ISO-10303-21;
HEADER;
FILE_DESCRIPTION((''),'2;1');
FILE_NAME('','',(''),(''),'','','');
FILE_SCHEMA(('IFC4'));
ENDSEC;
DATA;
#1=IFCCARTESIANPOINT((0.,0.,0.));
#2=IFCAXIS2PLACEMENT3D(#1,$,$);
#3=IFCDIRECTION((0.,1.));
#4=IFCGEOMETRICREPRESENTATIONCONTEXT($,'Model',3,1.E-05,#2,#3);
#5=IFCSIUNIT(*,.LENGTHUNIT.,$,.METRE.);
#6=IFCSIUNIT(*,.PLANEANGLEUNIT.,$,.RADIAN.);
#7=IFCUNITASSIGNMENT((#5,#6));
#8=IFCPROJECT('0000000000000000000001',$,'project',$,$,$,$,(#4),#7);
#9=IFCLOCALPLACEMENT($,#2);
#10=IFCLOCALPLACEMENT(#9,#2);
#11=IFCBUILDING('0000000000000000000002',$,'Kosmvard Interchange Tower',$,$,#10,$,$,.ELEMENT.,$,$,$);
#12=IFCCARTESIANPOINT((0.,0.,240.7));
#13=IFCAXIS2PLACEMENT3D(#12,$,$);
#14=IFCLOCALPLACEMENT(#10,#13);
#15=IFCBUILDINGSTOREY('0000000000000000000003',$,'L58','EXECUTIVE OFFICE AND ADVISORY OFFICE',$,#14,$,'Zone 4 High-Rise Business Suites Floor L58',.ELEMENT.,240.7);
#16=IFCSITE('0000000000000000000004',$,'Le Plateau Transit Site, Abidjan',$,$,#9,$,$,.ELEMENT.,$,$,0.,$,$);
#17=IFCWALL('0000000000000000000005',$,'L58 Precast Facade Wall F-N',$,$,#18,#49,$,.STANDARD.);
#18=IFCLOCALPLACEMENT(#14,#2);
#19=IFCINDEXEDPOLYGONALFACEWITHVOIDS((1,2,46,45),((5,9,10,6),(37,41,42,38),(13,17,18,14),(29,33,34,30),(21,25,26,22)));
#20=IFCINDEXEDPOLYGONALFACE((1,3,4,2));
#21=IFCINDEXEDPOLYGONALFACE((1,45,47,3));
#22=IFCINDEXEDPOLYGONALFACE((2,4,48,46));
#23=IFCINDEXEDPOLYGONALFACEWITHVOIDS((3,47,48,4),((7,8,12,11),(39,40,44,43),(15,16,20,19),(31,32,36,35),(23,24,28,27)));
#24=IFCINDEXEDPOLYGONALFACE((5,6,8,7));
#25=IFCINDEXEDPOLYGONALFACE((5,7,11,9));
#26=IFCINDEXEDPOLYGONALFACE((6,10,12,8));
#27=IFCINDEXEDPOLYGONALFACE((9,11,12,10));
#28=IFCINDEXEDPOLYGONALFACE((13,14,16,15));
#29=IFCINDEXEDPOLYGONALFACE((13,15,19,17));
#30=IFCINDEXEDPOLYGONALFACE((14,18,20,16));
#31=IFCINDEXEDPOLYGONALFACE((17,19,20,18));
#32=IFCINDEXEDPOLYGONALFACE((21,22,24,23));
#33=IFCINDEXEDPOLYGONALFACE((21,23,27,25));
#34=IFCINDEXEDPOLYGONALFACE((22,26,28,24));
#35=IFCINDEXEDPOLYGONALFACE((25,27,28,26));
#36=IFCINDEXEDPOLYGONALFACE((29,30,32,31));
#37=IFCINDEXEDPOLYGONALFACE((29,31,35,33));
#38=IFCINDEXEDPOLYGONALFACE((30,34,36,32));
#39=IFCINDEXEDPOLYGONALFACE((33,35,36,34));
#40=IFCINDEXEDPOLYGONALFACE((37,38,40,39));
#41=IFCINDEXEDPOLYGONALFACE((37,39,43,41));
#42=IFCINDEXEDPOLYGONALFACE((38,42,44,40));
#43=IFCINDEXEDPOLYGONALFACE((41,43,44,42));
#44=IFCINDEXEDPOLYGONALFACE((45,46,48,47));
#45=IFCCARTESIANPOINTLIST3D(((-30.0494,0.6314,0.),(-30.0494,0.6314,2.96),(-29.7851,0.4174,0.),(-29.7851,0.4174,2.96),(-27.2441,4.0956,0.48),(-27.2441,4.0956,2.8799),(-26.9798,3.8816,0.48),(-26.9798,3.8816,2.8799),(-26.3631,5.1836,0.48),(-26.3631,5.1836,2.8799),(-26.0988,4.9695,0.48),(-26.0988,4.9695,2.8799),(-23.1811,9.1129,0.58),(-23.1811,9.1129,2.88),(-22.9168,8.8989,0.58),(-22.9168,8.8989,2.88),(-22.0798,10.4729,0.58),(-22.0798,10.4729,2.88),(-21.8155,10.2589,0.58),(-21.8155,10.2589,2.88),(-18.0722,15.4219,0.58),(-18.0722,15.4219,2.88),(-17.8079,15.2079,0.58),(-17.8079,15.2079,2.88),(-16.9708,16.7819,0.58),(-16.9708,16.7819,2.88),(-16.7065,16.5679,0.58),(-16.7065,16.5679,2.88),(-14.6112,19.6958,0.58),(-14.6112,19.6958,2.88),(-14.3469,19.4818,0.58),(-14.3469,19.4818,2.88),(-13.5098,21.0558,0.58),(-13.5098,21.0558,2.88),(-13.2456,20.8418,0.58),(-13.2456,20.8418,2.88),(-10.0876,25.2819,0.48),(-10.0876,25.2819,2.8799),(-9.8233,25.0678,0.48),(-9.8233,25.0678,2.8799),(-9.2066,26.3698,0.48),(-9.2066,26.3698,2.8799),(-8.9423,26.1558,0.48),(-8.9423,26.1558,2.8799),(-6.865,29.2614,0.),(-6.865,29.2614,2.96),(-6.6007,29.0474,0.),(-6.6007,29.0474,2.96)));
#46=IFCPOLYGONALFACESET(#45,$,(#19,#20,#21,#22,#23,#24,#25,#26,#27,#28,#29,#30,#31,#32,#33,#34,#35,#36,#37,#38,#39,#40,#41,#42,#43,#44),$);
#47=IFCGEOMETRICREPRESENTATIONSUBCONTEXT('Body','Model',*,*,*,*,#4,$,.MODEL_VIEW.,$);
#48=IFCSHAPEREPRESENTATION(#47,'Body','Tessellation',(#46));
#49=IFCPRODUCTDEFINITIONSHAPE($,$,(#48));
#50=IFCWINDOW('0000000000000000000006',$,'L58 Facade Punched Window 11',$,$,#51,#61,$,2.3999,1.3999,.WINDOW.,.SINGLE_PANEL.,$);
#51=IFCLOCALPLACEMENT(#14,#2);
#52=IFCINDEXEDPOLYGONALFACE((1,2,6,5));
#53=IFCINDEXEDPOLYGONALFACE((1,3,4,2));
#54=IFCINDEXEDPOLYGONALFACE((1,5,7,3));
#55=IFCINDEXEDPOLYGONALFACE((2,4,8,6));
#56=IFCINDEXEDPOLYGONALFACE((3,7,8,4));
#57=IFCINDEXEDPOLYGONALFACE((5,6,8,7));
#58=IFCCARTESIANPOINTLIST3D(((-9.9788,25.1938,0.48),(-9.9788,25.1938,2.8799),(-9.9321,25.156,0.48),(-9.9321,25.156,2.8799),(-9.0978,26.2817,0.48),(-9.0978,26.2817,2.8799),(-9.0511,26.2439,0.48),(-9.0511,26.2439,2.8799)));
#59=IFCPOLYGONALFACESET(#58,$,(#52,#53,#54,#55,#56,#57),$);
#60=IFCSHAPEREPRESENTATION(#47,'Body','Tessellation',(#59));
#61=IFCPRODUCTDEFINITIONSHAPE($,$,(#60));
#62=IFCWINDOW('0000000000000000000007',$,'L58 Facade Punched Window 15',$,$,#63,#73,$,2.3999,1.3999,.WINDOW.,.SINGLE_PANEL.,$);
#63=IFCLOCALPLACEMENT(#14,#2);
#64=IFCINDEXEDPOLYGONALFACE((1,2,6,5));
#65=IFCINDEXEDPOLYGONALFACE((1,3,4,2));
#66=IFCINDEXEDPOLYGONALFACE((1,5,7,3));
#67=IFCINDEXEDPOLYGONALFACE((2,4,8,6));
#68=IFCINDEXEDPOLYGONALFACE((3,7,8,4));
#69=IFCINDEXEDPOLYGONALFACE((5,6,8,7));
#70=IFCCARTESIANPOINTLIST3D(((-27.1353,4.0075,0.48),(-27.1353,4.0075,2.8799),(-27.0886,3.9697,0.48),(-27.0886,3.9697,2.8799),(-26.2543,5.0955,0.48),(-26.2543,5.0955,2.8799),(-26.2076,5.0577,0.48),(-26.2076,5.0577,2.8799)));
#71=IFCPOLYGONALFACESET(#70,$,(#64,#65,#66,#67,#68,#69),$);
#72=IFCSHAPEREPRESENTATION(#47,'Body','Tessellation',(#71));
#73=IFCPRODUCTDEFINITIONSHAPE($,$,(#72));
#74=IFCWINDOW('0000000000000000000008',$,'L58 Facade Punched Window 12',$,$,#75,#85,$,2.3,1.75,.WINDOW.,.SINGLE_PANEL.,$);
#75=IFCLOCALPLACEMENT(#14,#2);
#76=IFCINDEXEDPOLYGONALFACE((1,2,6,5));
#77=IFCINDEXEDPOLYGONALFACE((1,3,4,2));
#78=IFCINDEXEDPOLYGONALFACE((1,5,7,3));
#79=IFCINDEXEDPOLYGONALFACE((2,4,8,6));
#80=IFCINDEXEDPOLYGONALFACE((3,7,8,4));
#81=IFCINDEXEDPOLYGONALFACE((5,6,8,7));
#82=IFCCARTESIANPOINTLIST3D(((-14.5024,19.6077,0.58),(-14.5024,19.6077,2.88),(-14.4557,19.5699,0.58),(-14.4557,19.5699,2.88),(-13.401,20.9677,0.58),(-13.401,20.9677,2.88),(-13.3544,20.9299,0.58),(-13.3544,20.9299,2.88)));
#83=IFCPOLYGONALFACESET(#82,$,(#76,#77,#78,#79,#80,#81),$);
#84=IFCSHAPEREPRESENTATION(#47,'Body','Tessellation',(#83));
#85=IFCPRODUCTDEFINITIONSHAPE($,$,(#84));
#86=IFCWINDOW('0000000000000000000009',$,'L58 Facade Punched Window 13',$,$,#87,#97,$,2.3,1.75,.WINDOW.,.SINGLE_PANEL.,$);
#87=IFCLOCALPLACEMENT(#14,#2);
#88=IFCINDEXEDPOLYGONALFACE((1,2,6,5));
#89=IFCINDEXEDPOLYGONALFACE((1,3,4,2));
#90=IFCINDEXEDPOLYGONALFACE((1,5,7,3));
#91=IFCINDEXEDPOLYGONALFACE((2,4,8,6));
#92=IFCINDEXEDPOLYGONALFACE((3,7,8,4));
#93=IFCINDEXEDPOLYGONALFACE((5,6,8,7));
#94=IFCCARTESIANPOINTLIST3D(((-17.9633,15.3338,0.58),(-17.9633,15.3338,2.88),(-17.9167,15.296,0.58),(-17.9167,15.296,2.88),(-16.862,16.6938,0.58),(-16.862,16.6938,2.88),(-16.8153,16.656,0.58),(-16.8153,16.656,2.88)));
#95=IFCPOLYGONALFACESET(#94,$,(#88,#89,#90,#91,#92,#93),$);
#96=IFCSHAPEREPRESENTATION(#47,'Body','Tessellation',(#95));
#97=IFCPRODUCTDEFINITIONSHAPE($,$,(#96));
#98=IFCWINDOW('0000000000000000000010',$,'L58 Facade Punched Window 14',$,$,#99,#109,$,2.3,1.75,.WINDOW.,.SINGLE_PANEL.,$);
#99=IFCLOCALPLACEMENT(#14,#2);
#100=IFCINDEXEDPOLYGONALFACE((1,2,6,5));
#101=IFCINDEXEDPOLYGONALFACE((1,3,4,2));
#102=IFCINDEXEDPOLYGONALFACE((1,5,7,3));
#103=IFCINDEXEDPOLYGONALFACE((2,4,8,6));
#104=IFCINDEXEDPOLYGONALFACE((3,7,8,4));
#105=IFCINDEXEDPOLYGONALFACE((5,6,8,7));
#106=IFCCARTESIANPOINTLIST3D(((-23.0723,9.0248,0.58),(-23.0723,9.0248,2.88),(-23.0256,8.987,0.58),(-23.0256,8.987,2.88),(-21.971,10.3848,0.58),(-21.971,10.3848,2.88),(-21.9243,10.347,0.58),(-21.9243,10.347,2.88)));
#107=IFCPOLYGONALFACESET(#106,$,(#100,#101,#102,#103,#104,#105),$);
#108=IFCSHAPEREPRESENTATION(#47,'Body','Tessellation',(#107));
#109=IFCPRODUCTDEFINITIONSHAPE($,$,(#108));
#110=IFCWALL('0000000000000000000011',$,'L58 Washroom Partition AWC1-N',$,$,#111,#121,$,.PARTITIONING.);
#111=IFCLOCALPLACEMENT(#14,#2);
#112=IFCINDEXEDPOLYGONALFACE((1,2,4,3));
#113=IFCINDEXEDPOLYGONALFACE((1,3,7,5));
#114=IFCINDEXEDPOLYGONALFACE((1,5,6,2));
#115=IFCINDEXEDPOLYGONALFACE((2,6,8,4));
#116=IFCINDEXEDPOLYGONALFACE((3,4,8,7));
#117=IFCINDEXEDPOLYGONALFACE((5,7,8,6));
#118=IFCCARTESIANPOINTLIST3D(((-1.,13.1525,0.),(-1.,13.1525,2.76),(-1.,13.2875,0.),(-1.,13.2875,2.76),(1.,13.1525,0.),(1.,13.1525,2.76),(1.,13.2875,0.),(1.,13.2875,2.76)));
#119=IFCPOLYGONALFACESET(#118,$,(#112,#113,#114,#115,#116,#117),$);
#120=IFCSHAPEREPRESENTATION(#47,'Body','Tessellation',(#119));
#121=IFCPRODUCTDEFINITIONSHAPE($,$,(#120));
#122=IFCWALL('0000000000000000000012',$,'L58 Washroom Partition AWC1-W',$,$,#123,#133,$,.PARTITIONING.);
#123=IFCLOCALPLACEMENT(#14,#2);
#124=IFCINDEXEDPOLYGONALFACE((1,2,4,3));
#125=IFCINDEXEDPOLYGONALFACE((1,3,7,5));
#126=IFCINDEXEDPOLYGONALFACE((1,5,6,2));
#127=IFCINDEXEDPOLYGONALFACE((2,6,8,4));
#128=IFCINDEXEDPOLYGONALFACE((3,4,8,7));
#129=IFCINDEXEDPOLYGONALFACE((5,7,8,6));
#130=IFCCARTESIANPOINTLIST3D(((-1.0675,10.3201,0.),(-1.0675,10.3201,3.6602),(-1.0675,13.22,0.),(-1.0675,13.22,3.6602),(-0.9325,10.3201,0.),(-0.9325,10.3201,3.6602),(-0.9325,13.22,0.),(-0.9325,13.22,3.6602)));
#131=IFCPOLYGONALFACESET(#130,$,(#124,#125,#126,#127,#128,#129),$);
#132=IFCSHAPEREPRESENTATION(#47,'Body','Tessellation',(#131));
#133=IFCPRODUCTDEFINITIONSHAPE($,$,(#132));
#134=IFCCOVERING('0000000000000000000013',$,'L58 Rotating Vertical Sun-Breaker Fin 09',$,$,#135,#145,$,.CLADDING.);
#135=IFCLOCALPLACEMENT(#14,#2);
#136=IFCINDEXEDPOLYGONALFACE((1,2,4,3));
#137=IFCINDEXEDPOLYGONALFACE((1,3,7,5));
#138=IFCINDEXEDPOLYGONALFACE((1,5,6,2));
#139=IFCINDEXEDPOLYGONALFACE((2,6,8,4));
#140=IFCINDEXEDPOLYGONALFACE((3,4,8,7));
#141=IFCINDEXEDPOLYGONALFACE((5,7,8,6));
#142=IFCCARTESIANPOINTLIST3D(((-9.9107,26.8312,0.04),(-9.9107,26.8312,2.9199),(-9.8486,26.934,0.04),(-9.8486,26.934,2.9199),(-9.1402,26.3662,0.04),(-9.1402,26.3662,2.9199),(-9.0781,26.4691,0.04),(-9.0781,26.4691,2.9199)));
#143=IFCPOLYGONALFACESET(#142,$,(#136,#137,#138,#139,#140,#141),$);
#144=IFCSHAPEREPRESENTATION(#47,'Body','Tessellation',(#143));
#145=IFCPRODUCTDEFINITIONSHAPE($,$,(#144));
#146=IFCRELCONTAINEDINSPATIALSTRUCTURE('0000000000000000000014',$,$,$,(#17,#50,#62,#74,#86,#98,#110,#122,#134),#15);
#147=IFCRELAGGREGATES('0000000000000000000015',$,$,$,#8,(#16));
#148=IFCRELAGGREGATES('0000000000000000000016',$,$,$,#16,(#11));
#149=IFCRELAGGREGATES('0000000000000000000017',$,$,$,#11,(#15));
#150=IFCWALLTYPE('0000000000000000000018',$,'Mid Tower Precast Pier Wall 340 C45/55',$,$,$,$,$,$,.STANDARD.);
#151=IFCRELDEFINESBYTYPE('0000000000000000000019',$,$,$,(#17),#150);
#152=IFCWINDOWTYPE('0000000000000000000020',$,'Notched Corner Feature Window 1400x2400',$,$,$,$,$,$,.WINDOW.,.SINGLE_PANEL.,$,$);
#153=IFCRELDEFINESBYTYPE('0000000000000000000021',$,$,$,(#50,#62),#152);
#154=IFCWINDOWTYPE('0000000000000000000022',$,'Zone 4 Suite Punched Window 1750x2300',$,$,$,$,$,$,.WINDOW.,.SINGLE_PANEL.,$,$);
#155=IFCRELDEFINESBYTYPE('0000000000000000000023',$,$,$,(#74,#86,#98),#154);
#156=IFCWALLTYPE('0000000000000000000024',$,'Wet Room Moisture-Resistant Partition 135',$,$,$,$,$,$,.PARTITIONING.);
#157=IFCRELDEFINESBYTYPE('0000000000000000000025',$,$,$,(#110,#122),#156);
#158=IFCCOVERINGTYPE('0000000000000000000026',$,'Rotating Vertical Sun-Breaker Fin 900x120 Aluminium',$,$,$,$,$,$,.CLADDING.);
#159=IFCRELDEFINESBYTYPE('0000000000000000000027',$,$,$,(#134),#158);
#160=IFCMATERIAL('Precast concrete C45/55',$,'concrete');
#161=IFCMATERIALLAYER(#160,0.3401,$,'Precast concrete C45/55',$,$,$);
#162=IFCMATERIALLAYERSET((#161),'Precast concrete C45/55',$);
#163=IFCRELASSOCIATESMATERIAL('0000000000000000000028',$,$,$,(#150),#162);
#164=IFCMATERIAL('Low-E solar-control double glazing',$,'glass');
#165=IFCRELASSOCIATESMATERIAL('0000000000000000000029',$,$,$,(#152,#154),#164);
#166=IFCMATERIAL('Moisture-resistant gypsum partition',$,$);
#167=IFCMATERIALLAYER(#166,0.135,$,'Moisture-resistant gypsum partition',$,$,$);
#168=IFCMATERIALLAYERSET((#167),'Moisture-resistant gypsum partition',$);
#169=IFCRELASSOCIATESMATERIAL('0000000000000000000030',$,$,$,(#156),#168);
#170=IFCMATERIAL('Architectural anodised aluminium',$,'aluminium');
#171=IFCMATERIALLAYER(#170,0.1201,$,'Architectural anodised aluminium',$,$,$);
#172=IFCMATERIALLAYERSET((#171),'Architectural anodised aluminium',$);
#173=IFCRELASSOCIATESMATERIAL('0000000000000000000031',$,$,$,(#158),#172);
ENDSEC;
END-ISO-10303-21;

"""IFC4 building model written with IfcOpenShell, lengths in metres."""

from ifc_helpers import new_model, si_unit, direction, frame, frame_2d, origin, origin_2d, place, context, subcontext, project, spatial, rectangle, extrude, source, transform, mapped, material, layer, layer_set, type_object, element, fill, save


model = new_model("IFC4")

# Units and contexts
model_context = context("Model", 3, precision=1e-05, world=origin(), true_north=direction((0.0, 1.0)))
body_context = subcontext(model_context, "Body", "Model", "MODEL_VIEW")
ifc_project = project(units=[si_unit("LENGTHUNIT", "METRE"), si_unit("PLANEANGLEUNIT", "RADIAN")], contexts=[model_context])

# Site, building, storey
site_placement = place(None, origin())
site = spatial("IfcSite", under=ifc_project, at=site_placement, Name="Le Plateau Transit Site, Abidjan", CompositionType="ELEMENT", RefElevation=0.0)
building_placement = place(site_placement, origin())
building = spatial("IfcBuilding", under=site, at=building_placement, Name="Kosmvard Interchange Tower", CompositionType="ELEMENT")
storey_placement = place(building_placement, frame((0.0, 0.0, 240.7)))
storey = spatial("IfcBuildingStorey", under=building, at=storey_placement, Name="L58", Description="EXECUTIVE OFFICE AND ADVISORY OFFICE", LongName="Zone 4 High-Rise Business Suites Floor L58", CompositionType="ELEMENT", Elevation=240.7)

# Shared definitions
ifc_material_1 = material(Name="Precast concrete C45/55", Category="concrete")
ifc_layer_1 = layer(ifc_material_1, 0.3401, Name="Precast concrete C45/55")
ifc_layer_set_1 = layer_set([ifc_layer_1], Name="Precast concrete C45/55")
wall_type_1 = type_object("IfcWallType", Name="Mid Tower Precast Pier Wall 340 C45/55", PredefinedType="STANDARD", material=ifc_layer_set_1)

# Wall, openings, windows
wall_1_placement = place(storey_placement, frame((-6.7329, 29.1543, 0.0), z_axis=(0.0, 0.0, 1.0), x_axis=(-0.629325, -0.777142, 0.0)))
wall_1 = element("IfcWall", 1, at=wall_1_placement, inside=storey, type_object=wall_type_1, Name="L58 Precast Facade Wall F-N", PredefinedType="STANDARD", context=body_context, shape_type="SweptSolid", body=[
    extrude(rectangle(XDim=36.8401, YDim=0.3401, at=frame_2d((18.4199, 0.0))), origin(), (0.0, 0.0, 1.0), 2.96),
])
opening_1_placement = place(wall_1_placement, frame((3.7207, 0.0, 0.48)))
opening_1 = element("IfcOpeningElement", 2, at=opening_1_placement, cuts=wall_1, PredefinedType="OPENING", context=body_context, shape_type="SweptSolid", body=[
    extrude(rectangle(XDim=1.3999, YDim=2.3999, at=frame_2d((0.7, 1.2))), frame((0.0, 0.1802, 0.0), z_axis=(0.0, -1.0, 0.0), x_axis=(1.0, 0.0, 0.0)), (0.0, 0.0, 1.0), 0.3601),
])
opening_2_placement = place(wall_1_placement, frame((10.5586, 0.0, 0.5801)))
opening_2 = element("IfcOpeningElement", 3, at=opening_2_placement, cuts=wall_1, PredefinedType="OPENING", context=body_context, shape_type="SweptSolid", body=[
    extrude(rectangle(XDim=1.75, YDim=2.3, at=frame_2d((0.875, 1.1499))), frame((0.0, 0.1802, 0.0), z_axis=(0.0, -1.0, 0.0), x_axis=(1.0, 0.0, 0.0)), (0.0, 0.0, 1.0), 0.3601),
])
opening_3_placement = place(wall_1_placement, frame((16.0581, 0.0, 0.5801)))
opening_3 = element("IfcOpeningElement", 4, at=opening_3_placement, cuts=wall_1, PredefinedType="OPENING", context=body_context, shape_type="SweptSolid", body=[
    extrude(rectangle(XDim=1.75, YDim=2.3, at=frame_2d((0.875, 1.1499))), frame((0.0, 0.1802, 0.0), z_axis=(0.0, -1.0, 0.0), x_axis=(1.0, 0.0, 0.0)), (0.0, 0.0, 1.0), 0.3601),
])
opening_4_placement = place(wall_1_placement, frame((24.1763, 0.0, 0.5801)))
opening_4 = element("IfcOpeningElement", 5, at=opening_4_placement, cuts=wall_1, PredefinedType="OPENING", context=body_context, shape_type="SweptSolid", body=[
    extrude(rectangle(XDim=1.75, YDim=2.3, at=frame_2d((0.875, 1.1499))), frame((0.0, 0.1802, 0.0), z_axis=(0.0, -1.0, 0.0), x_axis=(1.0, 0.0, 0.0)), (0.0, 0.0, 1.0), 0.3601),
])
opening_5_placement = place(wall_1_placement, frame((30.9824, 0.0, 0.48)))
opening_5 = element("IfcOpeningElement", 6, at=opening_5_placement, cuts=wall_1, PredefinedType="OPENING", context=body_context, shape_type="SweptSolid", body=[
    extrude(rectangle(XDim=1.3999, YDim=2.3999, at=frame_2d((0.7, 1.2))), frame((0.0, 0.1802, 0.0), z_axis=(0.0, -1.0, 0.0), x_axis=(1.0, 0.0, 0.0)), (0.0, 0.0, 1.0), 0.3601),
])
ifc_material_2 = material(Name="Low-E solar-control double glazing", Category="glass")
window_type_1 = type_object("IfcWindowType", Name="Notched Corner Feature Window 1400x2400", PartitioningType="SINGLE_PANEL", PredefinedType="WINDOW", material=ifc_material_2)
shared_shape_1 = source(origin(), body_context, "Body", "SweptSolid", [
    extrude(rectangle(XDim=1.3999, YDim=2.3999, at=frame_2d((0.7, 1.2))), frame((0.0, 0.03, 0.0), z_axis=(0.0, -1.0, 0.0), x_axis=(1.0, 0.0, 0.0)), (0.0, 0.0, 1.0), 0.0601),
])
window_1_placement = place(opening_1_placement, origin())
window_1 = element("IfcWindow", 7, at=window_1_placement, inside=storey, type_object=window_type_1, Name="L58 Facade Punched Window 11", OverallHeight=2.3999, OverallWidth=1.3999, PartitioningType="SINGLE_PANEL", PredefinedType="WINDOW", context=body_context, shape_type="MappedRepresentation", body=[
    mapped(shared_shape_1, transform((0.0, 0.0, 0.0), scale=1.0)),
])
fill(opening_1, window_1)
window_2_placement = place(opening_5_placement, origin())
window_2 = element("IfcWindow", 8, at=window_2_placement, inside=storey, type_object=window_type_1, Name="L58 Facade Punched Window 15", OverallHeight=2.3999, OverallWidth=1.3999, PartitioningType="SINGLE_PANEL", PredefinedType="WINDOW", context=body_context, shape_type="MappedRepresentation", body=[
    mapped(shared_shape_1, transform((0.0, 0.0, 0.0), scale=1.0)),
])
fill(opening_5, window_2)
window_type_2 = type_object("IfcWindowType", Name="Zone 4 Suite Punched Window 1750x2300", PartitioningType="SINGLE_PANEL", PredefinedType="WINDOW", material=ifc_material_2)
shared_shape_2 = source(origin(), body_context, "Body", "SweptSolid", [
    extrude(rectangle(XDim=1.75, YDim=2.3, at=frame_2d((0.875, 1.1499))), frame((0.0, 0.03, 0.0), z_axis=(0.0, -1.0, 0.0), x_axis=(1.0, 0.0, 0.0)), (0.0, 0.0, 1.0), 0.0601),
])
window_3_placement = place(opening_2_placement, origin())
window_3 = element("IfcWindow", 9, at=window_3_placement, inside=storey, type_object=window_type_2, Name="L58 Facade Punched Window 12", OverallHeight=2.3, OverallWidth=1.75, PartitioningType="SINGLE_PANEL", PredefinedType="WINDOW", context=body_context, shape_type="MappedRepresentation", body=[
    mapped(shared_shape_2, transform((0.0, 0.0, 0.0), scale=1.0)),
])
fill(opening_2, window_3)
window_4_placement = place(opening_3_placement, origin())
window_4 = element("IfcWindow", 10, at=window_4_placement, inside=storey, type_object=window_type_2, Name="L58 Facade Punched Window 13", OverallHeight=2.3, OverallWidth=1.75, PartitioningType="SINGLE_PANEL", PredefinedType="WINDOW", context=body_context, shape_type="MappedRepresentation", body=[
    mapped(shared_shape_2, transform((0.0, 0.0, 0.0), scale=1.0)),
])
fill(opening_3, window_4)
window_5_placement = place(opening_4_placement, origin())
window_5 = element("IfcWindow", 11, at=window_5_placement, inside=storey, type_object=window_type_2, Name="L58 Facade Punched Window 14", OverallHeight=2.3, OverallWidth=1.75, PartitioningType="SINGLE_PANEL", PredefinedType="WINDOW", context=body_context, shape_type="MappedRepresentation", body=[
    mapped(shared_shape_2, transform((0.0, 0.0, 0.0), scale=1.0)),
])
fill(opening_4, window_5)

# Walls
ifc_material_3 = material(Name="Moisture-resistant gypsum partition")
ifc_layer_2 = layer(ifc_material_3, 0.135, Name="Moisture-resistant gypsum partition")
ifc_layer_set_2 = layer_set([ifc_layer_2], Name="Moisture-resistant gypsum partition")
wall_type_2 = type_object("IfcWallType", Name="Wet Room Moisture-Resistant Partition 135", PredefinedType="PARTITIONING", material=ifc_layer_set_2)
wall_2_placement = place(storey_placement, frame((-1.0, 13.22, 0.0), z_axis=(0.0, 0.0, 1.0), x_axis=(1.0, 0.0, 0.0)))
element("IfcWall", 12, at=wall_2_placement, inside=storey, type_object=wall_type_2, Name="L58 Washroom Partition AWC1-N", PredefinedType="PARTITIONING", context=body_context, shape_type="SweptSolid", body=[
    extrude(rectangle(XDim=2.0, YDim=0.135, at=frame_2d((1.0, 0.0))), origin(), (0.0, 0.0, 1.0), 2.76),
])
wall_3_placement = place(storey_placement, frame((-1.0, 10.3201, 0.0), z_axis=(0.0, 0.0, 1.0), x_axis=(0.0, 1.0, 0.0)))
element("IfcWall", 13, at=wall_3_placement, inside=storey, type_object=wall_type_2, Name="L58 Washroom Partition AWC1-W", PredefinedType="PARTITIONING", context=body_context, shape_type="SweptSolid", body=[
    extrude(rectangle(XDim=2.8999, YDim=0.135, at=frame_2d((1.45, 0.0))), origin(), (0.0, 0.0, 1.0), 3.6602),
])

# Covering
ifc_material_4 = material(Name="Architectural anodised aluminium", Category="aluminium")
ifc_layer_3 = layer(ifc_material_4, 0.1201, Name="Architectural anodised aluminium")
ifc_layer_set_3 = layer_set([ifc_layer_3], Name="Architectural anodised aluminium")
covering_type = type_object("IfcCoveringType", Name="Rotating Vertical Sun-Breaker Fin 900x120 Aluminium", PredefinedType="CLADDING", material=ifc_layer_set_3)
shared_shape_3 = source(origin(), body_context, "Body", "SweptSolid", [
    extrude(rectangle(XDim=0.8999, YDim=0.1201, at=origin_2d()), origin(), (0.0, 0.0, 1.0), 2.8799),
])
covering_placement = place(storey_placement, frame((-9.4944, 26.6501, 0.04), z_axis=(0.0, 0.0, 1.0), x_axis=(-0.856177, 0.516683, 0.0)))
element("IfcCovering", 14, at=covering_placement, inside=storey, type_object=covering_type, Name="L58 Rotating Vertical Sun-Breaker Fin 09", PredefinedType="CLADDING", context=body_context, shape_type="MappedRepresentation", body=[
    mapped(shared_shape_3, transform((0.0, 0.0, 0.0), scale=1.0)),
])

save(model, "model.ifc")
